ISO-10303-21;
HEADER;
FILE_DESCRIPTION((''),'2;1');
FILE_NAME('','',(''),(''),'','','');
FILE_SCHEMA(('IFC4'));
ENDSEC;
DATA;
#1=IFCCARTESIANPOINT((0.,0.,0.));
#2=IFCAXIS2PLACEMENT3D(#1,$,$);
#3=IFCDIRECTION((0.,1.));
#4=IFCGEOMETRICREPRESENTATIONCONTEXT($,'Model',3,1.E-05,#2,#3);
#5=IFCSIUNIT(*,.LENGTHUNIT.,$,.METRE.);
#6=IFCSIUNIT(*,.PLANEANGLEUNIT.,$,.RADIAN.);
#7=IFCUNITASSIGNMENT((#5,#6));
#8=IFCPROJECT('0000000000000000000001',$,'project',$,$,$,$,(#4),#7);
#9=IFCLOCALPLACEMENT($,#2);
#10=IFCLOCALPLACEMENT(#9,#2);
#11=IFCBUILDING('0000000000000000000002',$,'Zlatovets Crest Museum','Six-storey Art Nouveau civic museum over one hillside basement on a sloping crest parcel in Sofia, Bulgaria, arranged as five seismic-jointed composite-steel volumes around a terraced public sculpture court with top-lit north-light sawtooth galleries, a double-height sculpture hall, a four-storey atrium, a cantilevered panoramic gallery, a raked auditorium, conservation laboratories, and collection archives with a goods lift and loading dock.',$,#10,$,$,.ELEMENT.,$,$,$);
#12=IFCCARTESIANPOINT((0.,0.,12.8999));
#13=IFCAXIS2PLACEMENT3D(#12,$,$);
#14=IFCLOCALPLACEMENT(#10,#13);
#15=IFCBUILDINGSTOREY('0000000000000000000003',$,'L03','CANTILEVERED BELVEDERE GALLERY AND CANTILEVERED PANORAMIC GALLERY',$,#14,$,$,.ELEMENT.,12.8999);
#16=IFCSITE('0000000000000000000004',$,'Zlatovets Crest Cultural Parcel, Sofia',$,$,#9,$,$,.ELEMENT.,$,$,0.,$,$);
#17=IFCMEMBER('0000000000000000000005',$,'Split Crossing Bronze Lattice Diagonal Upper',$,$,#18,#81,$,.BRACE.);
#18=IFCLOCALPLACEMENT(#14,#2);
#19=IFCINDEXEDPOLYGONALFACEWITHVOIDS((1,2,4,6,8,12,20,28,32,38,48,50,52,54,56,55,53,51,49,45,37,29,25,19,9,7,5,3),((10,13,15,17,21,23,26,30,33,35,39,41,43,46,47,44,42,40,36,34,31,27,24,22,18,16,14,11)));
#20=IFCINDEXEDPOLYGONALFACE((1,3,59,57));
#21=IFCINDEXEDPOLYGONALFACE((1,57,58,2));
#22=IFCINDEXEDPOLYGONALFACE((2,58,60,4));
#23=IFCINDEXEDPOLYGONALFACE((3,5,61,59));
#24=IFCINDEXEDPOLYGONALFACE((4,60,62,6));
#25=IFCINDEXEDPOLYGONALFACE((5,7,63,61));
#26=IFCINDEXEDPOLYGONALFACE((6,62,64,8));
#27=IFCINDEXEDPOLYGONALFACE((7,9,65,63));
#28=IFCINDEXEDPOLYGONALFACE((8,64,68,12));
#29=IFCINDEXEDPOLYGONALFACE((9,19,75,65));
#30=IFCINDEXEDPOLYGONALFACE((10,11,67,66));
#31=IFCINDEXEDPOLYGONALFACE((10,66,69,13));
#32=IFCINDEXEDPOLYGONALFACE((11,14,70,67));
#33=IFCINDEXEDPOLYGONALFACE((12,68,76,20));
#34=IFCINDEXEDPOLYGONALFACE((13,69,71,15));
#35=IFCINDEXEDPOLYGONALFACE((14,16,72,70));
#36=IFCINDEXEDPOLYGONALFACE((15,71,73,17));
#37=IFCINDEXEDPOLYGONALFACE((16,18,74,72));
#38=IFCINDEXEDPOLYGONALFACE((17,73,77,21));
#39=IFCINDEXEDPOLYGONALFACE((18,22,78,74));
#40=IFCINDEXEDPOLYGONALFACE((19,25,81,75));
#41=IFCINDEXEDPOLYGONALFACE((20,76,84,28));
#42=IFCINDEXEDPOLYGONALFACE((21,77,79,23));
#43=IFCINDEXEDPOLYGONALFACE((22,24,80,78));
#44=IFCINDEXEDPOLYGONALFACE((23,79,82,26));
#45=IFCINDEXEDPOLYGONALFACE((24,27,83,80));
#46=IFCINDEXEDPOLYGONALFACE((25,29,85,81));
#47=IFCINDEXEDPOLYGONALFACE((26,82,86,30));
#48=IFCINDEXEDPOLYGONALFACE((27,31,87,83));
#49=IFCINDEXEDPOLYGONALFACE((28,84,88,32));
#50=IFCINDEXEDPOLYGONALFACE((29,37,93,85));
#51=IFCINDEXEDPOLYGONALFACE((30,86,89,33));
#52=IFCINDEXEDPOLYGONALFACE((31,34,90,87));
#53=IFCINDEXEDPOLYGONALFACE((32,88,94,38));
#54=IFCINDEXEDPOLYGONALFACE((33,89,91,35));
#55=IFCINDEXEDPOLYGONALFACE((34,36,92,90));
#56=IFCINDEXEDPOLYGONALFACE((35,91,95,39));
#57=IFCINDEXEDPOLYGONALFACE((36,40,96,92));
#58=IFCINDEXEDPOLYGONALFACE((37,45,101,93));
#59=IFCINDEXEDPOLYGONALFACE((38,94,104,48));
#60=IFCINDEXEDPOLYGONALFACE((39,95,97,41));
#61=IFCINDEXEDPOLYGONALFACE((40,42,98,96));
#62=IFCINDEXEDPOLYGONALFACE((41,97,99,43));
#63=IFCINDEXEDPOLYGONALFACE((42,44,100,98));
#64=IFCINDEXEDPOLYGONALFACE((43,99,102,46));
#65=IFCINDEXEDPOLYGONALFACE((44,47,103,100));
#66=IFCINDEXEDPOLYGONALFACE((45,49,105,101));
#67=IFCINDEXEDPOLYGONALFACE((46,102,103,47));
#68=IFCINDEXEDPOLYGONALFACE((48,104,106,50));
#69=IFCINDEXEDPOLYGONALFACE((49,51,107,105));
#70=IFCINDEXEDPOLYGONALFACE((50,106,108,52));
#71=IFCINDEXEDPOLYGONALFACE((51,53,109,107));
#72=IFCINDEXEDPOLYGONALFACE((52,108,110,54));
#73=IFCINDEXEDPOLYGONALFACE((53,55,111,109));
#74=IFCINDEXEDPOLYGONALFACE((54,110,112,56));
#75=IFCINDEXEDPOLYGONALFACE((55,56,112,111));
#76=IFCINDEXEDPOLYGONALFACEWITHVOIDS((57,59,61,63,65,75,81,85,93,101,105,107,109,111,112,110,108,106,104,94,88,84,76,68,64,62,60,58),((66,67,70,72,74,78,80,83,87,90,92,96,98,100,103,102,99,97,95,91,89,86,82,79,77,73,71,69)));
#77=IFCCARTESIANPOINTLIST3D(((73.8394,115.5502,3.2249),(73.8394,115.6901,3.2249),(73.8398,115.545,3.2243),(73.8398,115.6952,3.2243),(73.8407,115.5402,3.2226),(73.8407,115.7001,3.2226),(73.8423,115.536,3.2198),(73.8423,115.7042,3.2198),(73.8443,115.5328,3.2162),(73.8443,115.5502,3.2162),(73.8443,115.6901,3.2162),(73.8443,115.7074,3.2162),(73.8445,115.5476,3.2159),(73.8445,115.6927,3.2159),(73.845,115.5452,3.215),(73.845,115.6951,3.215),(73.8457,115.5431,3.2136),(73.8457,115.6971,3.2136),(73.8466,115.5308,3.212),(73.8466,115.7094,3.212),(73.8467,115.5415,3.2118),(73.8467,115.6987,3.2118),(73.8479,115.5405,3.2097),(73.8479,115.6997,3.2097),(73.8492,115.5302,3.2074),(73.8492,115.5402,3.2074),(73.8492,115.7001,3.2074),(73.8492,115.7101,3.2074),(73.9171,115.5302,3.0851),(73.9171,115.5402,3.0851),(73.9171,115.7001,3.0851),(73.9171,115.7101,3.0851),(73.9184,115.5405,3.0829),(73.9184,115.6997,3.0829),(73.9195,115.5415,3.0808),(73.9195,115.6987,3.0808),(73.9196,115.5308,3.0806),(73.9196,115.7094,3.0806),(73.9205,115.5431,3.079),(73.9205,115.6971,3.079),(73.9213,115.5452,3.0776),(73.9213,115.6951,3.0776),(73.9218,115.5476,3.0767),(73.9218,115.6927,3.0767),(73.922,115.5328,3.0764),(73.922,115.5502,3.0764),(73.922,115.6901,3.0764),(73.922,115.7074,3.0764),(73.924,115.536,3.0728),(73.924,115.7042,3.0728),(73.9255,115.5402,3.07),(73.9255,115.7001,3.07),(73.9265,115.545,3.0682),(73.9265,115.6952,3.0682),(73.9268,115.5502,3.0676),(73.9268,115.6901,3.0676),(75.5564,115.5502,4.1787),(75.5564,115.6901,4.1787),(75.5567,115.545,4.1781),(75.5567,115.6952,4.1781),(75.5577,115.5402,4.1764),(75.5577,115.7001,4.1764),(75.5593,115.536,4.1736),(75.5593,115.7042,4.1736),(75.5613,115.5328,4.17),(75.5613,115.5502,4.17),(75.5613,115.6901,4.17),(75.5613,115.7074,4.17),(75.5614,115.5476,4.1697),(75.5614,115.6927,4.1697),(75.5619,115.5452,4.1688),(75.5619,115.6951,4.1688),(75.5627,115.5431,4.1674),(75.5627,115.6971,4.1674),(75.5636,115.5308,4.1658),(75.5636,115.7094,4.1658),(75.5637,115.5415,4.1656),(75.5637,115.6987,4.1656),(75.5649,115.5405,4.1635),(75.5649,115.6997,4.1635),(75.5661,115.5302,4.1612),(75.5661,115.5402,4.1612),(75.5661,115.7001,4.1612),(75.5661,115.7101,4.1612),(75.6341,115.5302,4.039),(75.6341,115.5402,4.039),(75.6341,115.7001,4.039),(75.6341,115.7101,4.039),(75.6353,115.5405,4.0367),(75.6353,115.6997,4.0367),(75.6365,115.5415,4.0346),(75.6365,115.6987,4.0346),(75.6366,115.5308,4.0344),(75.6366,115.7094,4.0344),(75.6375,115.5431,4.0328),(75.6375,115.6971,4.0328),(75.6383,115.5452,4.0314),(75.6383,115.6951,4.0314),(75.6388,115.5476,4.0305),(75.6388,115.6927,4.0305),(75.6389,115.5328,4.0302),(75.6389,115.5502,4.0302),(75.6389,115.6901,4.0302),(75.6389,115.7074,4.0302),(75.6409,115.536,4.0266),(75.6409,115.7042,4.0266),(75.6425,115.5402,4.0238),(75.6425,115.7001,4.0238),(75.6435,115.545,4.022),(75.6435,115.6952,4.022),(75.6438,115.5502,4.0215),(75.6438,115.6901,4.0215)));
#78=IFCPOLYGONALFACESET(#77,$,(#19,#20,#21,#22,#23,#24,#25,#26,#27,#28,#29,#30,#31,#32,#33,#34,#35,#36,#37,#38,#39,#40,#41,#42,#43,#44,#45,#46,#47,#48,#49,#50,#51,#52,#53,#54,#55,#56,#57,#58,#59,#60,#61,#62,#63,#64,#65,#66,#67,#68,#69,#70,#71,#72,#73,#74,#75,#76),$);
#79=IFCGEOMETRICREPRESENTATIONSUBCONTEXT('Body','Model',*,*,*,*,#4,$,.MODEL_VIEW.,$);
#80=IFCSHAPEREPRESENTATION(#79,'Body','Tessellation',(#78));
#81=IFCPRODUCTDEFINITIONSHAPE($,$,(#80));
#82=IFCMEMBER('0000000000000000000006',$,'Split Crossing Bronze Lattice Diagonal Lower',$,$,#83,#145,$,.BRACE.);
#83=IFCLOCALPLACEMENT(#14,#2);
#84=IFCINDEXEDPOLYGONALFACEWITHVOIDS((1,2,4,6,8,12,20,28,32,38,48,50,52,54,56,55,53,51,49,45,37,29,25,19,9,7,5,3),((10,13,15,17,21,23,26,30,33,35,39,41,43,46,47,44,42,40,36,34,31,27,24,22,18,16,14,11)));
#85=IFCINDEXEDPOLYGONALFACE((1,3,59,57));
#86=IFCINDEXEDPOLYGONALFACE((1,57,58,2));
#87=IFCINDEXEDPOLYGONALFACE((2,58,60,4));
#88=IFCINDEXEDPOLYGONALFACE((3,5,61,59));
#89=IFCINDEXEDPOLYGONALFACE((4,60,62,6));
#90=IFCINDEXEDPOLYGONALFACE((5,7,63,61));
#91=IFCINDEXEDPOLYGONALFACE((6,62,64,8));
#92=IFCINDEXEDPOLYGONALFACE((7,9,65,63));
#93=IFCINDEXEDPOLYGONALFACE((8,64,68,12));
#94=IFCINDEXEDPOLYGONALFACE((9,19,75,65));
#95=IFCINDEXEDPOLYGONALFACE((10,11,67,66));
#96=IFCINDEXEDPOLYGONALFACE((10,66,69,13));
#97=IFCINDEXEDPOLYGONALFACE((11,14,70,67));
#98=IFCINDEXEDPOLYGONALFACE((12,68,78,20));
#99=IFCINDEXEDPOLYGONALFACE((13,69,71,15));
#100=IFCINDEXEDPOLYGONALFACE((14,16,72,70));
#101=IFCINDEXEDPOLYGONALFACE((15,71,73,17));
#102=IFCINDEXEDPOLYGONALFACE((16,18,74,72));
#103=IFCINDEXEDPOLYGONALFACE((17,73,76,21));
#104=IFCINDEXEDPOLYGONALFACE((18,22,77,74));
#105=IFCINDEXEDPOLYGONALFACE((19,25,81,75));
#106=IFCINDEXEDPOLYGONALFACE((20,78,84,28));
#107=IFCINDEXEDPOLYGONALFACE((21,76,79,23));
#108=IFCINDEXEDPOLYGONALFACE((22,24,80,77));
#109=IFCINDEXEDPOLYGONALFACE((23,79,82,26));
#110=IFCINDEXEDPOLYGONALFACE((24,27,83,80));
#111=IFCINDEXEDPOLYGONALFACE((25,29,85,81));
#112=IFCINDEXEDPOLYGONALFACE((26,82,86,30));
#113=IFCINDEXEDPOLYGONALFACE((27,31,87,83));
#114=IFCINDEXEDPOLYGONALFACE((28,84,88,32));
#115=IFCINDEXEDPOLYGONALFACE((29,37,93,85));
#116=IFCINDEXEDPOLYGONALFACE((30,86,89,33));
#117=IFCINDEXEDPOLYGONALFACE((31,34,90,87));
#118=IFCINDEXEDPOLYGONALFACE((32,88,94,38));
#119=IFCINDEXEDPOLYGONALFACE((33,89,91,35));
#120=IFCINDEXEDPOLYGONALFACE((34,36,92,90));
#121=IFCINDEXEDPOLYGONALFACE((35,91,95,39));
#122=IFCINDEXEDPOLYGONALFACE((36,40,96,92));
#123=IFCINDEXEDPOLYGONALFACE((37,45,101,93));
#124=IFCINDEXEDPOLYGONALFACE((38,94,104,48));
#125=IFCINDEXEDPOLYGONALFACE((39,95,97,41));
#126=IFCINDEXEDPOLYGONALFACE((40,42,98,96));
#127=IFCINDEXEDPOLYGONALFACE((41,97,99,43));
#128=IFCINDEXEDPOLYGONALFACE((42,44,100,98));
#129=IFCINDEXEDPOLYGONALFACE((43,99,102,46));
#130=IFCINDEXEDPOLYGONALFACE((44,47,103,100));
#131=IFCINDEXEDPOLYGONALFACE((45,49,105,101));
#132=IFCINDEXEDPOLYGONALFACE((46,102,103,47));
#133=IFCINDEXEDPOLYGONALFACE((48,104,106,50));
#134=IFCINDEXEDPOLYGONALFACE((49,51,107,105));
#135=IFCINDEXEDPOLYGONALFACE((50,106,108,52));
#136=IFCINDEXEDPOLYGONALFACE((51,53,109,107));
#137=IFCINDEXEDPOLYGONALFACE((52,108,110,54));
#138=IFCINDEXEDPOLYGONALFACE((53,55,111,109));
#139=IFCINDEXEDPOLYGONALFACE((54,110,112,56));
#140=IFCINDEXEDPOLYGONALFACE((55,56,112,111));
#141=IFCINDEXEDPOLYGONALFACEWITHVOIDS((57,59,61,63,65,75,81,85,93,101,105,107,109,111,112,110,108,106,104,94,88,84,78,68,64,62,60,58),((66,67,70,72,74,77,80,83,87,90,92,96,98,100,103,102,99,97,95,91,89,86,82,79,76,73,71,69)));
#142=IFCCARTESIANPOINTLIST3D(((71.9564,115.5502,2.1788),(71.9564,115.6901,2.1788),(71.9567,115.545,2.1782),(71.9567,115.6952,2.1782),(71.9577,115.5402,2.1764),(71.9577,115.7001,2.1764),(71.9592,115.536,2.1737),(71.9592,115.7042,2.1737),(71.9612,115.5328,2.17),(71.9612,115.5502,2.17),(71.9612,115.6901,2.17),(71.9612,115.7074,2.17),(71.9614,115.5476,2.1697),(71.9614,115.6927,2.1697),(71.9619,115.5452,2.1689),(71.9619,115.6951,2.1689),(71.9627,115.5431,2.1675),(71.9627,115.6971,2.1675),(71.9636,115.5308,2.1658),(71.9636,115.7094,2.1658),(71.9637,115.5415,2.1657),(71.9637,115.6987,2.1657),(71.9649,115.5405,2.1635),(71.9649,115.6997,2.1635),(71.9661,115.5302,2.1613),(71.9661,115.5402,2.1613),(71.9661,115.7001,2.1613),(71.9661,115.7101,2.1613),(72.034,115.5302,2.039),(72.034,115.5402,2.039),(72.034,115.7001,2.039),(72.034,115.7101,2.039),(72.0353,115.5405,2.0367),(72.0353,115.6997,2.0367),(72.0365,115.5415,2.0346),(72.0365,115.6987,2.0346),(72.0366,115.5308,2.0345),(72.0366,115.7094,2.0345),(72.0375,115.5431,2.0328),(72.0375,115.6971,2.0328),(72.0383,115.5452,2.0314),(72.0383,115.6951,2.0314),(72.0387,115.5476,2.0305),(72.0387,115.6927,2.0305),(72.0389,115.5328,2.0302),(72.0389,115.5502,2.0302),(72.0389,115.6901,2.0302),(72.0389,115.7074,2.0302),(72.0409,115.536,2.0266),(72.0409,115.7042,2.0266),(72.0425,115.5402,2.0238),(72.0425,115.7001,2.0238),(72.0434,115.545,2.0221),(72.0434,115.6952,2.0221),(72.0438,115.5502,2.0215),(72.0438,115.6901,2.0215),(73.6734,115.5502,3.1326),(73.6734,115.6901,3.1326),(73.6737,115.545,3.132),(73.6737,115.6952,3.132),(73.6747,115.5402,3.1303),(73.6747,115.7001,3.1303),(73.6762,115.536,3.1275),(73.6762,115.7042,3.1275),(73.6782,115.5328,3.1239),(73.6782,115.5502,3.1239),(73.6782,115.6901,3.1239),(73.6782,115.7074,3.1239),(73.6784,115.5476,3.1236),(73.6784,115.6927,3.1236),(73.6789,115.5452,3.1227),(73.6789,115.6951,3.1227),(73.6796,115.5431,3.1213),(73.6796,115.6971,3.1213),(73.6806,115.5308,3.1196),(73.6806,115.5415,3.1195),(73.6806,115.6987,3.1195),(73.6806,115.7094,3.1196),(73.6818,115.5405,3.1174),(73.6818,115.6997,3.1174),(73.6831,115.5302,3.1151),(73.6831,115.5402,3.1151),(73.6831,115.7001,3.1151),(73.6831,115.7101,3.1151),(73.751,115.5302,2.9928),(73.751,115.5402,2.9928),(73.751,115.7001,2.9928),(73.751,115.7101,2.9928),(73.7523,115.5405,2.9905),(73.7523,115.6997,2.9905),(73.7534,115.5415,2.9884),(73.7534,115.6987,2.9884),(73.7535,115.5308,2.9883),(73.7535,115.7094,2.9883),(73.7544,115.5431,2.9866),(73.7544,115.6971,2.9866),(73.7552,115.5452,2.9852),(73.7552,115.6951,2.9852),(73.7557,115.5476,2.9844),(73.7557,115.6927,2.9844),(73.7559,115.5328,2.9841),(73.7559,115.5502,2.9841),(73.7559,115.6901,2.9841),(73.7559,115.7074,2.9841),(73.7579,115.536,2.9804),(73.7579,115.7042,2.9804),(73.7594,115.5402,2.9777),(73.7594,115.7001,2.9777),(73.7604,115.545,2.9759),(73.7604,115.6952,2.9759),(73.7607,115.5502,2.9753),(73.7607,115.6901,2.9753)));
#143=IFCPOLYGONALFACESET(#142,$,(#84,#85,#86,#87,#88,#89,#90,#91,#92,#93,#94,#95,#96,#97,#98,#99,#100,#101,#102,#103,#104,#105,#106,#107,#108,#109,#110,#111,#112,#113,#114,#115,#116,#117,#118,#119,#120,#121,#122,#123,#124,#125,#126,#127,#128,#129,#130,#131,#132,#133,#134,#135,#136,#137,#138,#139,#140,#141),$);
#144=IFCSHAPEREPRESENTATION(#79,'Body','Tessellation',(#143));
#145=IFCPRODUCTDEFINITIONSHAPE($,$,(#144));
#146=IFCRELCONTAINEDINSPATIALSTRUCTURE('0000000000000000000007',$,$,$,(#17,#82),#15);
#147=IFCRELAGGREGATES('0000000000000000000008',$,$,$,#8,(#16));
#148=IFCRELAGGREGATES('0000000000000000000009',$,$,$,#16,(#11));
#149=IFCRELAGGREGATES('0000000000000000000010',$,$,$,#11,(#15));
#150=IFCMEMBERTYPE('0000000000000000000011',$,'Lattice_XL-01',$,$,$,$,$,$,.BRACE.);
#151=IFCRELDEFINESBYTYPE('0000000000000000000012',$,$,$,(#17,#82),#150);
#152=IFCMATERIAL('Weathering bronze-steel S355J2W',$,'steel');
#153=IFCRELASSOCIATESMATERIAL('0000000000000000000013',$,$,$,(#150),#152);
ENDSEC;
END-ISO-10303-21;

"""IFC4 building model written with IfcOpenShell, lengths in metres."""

from ifc_helpers import new_model, si_unit, direction, frame, origin, origin_2d, place, context, subcontext, project, spatial, hollow_rectangle, extrude, material, material_profile, profile_set, type_object, element, save


model = new_model("IFC4")

# Units and contexts
model_context = context("Model", 3, precision=1e-05, world=origin(), true_north=direction((0.0, 1.0)))
body_context = subcontext(model_context, "Body", "Model", "MODEL_VIEW")
ifc_project = project(units=[si_unit("LENGTHUNIT", "METRE"), si_unit("PLANEANGLEUNIT", "RADIAN")], contexts=[model_context])

# Site, building, storey
site_placement = place(None, origin())
site = spatial("IfcSite", under=ifc_project, at=site_placement, Name="Zlatovets Crest Cultural Parcel, Sofia", CompositionType="ELEMENT", RefElevation=0.0)
building_placement = place(site_placement, origin())
building = spatial("IfcBuilding", under=site, at=building_placement, Name="Zlatovets Crest Museum", Description="Six-storey Art Nouveau civic museum over one hillside basement on a sloping crest parcel in Sofia, Bulgaria, arranged as five seismic-jointed composite-steel volumes around a terraced public sculpture court with top-lit north-light sawtooth galleries, a double-height sculpture hall, a four-storey atrium, a cantilevered panoramic gallery, a raked auditorium, conservation laboratories, and collection archives with a goods lift and loading dock.", CompositionType="ELEMENT")
storey_placement = place(building_placement, frame((0.0, 0.0, 12.8999)))
storey = spatial("IfcBuildingStorey", under=building, at=storey_placement, Name="L03", Description="CANTILEVERED BELVEDERE GALLERY AND CANTILEVERED PANORAMIC GALLERY", CompositionType="ELEMENT", Elevation=12.8999)

# Members
ifc_material_1 = material(Name="Weathering bronze-steel S355J2W", Category="steel")
ifc_material_profile_1 = material_profile(ifc_material_1, hollow_rectangle(XDim=0.1799, YDim=0.1799, WallThickness=0.01, InnerFilletRadius=0.01, OuterFilletRadius=0.02, at=origin_2d()), Name="SHS 180x180x10.0")
ifc_profile_set_1 = profile_set([ifc_material_profile_1], Name="Weathering bronze-steel S355J2W")
member_type_1 = type_object("IfcMemberType", Name="Lattice_XL-01", PredefinedType="BRACE", material=ifc_profile_set_1)
for number, where, z_axis, x_axis, name in (
    (1, (75.6001, 115.6201, 4.1001), (-0.874169, 0.0, -0.485622), (0.0, -1.0, 0.0), "Split Crossing Bronze Lattice Diagonal Upper"),
    (2, (73.717, 115.6201, 3.054), (-0.874169, 0.0, -0.485622), (0.0, -1.0, 0.0), "Split Crossing Bronze Lattice Diagonal Lower"),
):
    element("IfcMember", number, at=place(storey_placement, frame(where, z_axis=z_axis, x_axis=x_axis)), inside=storey, type_object=member_type_1, Name=name, PredefinedType="BRACE", context=body_context, shape_type="SweptSolid", body=[
        extrude(hollow_rectangle(XDim=0.1799, YDim=0.1799, WallThickness=0.01, InnerFilletRadius=0.01, OuterFilletRadius=0.02, at=origin_2d()), origin(), (0.0, 0.0, 1.0), 1.9641),
    ])

save(model, "model.ifc")
